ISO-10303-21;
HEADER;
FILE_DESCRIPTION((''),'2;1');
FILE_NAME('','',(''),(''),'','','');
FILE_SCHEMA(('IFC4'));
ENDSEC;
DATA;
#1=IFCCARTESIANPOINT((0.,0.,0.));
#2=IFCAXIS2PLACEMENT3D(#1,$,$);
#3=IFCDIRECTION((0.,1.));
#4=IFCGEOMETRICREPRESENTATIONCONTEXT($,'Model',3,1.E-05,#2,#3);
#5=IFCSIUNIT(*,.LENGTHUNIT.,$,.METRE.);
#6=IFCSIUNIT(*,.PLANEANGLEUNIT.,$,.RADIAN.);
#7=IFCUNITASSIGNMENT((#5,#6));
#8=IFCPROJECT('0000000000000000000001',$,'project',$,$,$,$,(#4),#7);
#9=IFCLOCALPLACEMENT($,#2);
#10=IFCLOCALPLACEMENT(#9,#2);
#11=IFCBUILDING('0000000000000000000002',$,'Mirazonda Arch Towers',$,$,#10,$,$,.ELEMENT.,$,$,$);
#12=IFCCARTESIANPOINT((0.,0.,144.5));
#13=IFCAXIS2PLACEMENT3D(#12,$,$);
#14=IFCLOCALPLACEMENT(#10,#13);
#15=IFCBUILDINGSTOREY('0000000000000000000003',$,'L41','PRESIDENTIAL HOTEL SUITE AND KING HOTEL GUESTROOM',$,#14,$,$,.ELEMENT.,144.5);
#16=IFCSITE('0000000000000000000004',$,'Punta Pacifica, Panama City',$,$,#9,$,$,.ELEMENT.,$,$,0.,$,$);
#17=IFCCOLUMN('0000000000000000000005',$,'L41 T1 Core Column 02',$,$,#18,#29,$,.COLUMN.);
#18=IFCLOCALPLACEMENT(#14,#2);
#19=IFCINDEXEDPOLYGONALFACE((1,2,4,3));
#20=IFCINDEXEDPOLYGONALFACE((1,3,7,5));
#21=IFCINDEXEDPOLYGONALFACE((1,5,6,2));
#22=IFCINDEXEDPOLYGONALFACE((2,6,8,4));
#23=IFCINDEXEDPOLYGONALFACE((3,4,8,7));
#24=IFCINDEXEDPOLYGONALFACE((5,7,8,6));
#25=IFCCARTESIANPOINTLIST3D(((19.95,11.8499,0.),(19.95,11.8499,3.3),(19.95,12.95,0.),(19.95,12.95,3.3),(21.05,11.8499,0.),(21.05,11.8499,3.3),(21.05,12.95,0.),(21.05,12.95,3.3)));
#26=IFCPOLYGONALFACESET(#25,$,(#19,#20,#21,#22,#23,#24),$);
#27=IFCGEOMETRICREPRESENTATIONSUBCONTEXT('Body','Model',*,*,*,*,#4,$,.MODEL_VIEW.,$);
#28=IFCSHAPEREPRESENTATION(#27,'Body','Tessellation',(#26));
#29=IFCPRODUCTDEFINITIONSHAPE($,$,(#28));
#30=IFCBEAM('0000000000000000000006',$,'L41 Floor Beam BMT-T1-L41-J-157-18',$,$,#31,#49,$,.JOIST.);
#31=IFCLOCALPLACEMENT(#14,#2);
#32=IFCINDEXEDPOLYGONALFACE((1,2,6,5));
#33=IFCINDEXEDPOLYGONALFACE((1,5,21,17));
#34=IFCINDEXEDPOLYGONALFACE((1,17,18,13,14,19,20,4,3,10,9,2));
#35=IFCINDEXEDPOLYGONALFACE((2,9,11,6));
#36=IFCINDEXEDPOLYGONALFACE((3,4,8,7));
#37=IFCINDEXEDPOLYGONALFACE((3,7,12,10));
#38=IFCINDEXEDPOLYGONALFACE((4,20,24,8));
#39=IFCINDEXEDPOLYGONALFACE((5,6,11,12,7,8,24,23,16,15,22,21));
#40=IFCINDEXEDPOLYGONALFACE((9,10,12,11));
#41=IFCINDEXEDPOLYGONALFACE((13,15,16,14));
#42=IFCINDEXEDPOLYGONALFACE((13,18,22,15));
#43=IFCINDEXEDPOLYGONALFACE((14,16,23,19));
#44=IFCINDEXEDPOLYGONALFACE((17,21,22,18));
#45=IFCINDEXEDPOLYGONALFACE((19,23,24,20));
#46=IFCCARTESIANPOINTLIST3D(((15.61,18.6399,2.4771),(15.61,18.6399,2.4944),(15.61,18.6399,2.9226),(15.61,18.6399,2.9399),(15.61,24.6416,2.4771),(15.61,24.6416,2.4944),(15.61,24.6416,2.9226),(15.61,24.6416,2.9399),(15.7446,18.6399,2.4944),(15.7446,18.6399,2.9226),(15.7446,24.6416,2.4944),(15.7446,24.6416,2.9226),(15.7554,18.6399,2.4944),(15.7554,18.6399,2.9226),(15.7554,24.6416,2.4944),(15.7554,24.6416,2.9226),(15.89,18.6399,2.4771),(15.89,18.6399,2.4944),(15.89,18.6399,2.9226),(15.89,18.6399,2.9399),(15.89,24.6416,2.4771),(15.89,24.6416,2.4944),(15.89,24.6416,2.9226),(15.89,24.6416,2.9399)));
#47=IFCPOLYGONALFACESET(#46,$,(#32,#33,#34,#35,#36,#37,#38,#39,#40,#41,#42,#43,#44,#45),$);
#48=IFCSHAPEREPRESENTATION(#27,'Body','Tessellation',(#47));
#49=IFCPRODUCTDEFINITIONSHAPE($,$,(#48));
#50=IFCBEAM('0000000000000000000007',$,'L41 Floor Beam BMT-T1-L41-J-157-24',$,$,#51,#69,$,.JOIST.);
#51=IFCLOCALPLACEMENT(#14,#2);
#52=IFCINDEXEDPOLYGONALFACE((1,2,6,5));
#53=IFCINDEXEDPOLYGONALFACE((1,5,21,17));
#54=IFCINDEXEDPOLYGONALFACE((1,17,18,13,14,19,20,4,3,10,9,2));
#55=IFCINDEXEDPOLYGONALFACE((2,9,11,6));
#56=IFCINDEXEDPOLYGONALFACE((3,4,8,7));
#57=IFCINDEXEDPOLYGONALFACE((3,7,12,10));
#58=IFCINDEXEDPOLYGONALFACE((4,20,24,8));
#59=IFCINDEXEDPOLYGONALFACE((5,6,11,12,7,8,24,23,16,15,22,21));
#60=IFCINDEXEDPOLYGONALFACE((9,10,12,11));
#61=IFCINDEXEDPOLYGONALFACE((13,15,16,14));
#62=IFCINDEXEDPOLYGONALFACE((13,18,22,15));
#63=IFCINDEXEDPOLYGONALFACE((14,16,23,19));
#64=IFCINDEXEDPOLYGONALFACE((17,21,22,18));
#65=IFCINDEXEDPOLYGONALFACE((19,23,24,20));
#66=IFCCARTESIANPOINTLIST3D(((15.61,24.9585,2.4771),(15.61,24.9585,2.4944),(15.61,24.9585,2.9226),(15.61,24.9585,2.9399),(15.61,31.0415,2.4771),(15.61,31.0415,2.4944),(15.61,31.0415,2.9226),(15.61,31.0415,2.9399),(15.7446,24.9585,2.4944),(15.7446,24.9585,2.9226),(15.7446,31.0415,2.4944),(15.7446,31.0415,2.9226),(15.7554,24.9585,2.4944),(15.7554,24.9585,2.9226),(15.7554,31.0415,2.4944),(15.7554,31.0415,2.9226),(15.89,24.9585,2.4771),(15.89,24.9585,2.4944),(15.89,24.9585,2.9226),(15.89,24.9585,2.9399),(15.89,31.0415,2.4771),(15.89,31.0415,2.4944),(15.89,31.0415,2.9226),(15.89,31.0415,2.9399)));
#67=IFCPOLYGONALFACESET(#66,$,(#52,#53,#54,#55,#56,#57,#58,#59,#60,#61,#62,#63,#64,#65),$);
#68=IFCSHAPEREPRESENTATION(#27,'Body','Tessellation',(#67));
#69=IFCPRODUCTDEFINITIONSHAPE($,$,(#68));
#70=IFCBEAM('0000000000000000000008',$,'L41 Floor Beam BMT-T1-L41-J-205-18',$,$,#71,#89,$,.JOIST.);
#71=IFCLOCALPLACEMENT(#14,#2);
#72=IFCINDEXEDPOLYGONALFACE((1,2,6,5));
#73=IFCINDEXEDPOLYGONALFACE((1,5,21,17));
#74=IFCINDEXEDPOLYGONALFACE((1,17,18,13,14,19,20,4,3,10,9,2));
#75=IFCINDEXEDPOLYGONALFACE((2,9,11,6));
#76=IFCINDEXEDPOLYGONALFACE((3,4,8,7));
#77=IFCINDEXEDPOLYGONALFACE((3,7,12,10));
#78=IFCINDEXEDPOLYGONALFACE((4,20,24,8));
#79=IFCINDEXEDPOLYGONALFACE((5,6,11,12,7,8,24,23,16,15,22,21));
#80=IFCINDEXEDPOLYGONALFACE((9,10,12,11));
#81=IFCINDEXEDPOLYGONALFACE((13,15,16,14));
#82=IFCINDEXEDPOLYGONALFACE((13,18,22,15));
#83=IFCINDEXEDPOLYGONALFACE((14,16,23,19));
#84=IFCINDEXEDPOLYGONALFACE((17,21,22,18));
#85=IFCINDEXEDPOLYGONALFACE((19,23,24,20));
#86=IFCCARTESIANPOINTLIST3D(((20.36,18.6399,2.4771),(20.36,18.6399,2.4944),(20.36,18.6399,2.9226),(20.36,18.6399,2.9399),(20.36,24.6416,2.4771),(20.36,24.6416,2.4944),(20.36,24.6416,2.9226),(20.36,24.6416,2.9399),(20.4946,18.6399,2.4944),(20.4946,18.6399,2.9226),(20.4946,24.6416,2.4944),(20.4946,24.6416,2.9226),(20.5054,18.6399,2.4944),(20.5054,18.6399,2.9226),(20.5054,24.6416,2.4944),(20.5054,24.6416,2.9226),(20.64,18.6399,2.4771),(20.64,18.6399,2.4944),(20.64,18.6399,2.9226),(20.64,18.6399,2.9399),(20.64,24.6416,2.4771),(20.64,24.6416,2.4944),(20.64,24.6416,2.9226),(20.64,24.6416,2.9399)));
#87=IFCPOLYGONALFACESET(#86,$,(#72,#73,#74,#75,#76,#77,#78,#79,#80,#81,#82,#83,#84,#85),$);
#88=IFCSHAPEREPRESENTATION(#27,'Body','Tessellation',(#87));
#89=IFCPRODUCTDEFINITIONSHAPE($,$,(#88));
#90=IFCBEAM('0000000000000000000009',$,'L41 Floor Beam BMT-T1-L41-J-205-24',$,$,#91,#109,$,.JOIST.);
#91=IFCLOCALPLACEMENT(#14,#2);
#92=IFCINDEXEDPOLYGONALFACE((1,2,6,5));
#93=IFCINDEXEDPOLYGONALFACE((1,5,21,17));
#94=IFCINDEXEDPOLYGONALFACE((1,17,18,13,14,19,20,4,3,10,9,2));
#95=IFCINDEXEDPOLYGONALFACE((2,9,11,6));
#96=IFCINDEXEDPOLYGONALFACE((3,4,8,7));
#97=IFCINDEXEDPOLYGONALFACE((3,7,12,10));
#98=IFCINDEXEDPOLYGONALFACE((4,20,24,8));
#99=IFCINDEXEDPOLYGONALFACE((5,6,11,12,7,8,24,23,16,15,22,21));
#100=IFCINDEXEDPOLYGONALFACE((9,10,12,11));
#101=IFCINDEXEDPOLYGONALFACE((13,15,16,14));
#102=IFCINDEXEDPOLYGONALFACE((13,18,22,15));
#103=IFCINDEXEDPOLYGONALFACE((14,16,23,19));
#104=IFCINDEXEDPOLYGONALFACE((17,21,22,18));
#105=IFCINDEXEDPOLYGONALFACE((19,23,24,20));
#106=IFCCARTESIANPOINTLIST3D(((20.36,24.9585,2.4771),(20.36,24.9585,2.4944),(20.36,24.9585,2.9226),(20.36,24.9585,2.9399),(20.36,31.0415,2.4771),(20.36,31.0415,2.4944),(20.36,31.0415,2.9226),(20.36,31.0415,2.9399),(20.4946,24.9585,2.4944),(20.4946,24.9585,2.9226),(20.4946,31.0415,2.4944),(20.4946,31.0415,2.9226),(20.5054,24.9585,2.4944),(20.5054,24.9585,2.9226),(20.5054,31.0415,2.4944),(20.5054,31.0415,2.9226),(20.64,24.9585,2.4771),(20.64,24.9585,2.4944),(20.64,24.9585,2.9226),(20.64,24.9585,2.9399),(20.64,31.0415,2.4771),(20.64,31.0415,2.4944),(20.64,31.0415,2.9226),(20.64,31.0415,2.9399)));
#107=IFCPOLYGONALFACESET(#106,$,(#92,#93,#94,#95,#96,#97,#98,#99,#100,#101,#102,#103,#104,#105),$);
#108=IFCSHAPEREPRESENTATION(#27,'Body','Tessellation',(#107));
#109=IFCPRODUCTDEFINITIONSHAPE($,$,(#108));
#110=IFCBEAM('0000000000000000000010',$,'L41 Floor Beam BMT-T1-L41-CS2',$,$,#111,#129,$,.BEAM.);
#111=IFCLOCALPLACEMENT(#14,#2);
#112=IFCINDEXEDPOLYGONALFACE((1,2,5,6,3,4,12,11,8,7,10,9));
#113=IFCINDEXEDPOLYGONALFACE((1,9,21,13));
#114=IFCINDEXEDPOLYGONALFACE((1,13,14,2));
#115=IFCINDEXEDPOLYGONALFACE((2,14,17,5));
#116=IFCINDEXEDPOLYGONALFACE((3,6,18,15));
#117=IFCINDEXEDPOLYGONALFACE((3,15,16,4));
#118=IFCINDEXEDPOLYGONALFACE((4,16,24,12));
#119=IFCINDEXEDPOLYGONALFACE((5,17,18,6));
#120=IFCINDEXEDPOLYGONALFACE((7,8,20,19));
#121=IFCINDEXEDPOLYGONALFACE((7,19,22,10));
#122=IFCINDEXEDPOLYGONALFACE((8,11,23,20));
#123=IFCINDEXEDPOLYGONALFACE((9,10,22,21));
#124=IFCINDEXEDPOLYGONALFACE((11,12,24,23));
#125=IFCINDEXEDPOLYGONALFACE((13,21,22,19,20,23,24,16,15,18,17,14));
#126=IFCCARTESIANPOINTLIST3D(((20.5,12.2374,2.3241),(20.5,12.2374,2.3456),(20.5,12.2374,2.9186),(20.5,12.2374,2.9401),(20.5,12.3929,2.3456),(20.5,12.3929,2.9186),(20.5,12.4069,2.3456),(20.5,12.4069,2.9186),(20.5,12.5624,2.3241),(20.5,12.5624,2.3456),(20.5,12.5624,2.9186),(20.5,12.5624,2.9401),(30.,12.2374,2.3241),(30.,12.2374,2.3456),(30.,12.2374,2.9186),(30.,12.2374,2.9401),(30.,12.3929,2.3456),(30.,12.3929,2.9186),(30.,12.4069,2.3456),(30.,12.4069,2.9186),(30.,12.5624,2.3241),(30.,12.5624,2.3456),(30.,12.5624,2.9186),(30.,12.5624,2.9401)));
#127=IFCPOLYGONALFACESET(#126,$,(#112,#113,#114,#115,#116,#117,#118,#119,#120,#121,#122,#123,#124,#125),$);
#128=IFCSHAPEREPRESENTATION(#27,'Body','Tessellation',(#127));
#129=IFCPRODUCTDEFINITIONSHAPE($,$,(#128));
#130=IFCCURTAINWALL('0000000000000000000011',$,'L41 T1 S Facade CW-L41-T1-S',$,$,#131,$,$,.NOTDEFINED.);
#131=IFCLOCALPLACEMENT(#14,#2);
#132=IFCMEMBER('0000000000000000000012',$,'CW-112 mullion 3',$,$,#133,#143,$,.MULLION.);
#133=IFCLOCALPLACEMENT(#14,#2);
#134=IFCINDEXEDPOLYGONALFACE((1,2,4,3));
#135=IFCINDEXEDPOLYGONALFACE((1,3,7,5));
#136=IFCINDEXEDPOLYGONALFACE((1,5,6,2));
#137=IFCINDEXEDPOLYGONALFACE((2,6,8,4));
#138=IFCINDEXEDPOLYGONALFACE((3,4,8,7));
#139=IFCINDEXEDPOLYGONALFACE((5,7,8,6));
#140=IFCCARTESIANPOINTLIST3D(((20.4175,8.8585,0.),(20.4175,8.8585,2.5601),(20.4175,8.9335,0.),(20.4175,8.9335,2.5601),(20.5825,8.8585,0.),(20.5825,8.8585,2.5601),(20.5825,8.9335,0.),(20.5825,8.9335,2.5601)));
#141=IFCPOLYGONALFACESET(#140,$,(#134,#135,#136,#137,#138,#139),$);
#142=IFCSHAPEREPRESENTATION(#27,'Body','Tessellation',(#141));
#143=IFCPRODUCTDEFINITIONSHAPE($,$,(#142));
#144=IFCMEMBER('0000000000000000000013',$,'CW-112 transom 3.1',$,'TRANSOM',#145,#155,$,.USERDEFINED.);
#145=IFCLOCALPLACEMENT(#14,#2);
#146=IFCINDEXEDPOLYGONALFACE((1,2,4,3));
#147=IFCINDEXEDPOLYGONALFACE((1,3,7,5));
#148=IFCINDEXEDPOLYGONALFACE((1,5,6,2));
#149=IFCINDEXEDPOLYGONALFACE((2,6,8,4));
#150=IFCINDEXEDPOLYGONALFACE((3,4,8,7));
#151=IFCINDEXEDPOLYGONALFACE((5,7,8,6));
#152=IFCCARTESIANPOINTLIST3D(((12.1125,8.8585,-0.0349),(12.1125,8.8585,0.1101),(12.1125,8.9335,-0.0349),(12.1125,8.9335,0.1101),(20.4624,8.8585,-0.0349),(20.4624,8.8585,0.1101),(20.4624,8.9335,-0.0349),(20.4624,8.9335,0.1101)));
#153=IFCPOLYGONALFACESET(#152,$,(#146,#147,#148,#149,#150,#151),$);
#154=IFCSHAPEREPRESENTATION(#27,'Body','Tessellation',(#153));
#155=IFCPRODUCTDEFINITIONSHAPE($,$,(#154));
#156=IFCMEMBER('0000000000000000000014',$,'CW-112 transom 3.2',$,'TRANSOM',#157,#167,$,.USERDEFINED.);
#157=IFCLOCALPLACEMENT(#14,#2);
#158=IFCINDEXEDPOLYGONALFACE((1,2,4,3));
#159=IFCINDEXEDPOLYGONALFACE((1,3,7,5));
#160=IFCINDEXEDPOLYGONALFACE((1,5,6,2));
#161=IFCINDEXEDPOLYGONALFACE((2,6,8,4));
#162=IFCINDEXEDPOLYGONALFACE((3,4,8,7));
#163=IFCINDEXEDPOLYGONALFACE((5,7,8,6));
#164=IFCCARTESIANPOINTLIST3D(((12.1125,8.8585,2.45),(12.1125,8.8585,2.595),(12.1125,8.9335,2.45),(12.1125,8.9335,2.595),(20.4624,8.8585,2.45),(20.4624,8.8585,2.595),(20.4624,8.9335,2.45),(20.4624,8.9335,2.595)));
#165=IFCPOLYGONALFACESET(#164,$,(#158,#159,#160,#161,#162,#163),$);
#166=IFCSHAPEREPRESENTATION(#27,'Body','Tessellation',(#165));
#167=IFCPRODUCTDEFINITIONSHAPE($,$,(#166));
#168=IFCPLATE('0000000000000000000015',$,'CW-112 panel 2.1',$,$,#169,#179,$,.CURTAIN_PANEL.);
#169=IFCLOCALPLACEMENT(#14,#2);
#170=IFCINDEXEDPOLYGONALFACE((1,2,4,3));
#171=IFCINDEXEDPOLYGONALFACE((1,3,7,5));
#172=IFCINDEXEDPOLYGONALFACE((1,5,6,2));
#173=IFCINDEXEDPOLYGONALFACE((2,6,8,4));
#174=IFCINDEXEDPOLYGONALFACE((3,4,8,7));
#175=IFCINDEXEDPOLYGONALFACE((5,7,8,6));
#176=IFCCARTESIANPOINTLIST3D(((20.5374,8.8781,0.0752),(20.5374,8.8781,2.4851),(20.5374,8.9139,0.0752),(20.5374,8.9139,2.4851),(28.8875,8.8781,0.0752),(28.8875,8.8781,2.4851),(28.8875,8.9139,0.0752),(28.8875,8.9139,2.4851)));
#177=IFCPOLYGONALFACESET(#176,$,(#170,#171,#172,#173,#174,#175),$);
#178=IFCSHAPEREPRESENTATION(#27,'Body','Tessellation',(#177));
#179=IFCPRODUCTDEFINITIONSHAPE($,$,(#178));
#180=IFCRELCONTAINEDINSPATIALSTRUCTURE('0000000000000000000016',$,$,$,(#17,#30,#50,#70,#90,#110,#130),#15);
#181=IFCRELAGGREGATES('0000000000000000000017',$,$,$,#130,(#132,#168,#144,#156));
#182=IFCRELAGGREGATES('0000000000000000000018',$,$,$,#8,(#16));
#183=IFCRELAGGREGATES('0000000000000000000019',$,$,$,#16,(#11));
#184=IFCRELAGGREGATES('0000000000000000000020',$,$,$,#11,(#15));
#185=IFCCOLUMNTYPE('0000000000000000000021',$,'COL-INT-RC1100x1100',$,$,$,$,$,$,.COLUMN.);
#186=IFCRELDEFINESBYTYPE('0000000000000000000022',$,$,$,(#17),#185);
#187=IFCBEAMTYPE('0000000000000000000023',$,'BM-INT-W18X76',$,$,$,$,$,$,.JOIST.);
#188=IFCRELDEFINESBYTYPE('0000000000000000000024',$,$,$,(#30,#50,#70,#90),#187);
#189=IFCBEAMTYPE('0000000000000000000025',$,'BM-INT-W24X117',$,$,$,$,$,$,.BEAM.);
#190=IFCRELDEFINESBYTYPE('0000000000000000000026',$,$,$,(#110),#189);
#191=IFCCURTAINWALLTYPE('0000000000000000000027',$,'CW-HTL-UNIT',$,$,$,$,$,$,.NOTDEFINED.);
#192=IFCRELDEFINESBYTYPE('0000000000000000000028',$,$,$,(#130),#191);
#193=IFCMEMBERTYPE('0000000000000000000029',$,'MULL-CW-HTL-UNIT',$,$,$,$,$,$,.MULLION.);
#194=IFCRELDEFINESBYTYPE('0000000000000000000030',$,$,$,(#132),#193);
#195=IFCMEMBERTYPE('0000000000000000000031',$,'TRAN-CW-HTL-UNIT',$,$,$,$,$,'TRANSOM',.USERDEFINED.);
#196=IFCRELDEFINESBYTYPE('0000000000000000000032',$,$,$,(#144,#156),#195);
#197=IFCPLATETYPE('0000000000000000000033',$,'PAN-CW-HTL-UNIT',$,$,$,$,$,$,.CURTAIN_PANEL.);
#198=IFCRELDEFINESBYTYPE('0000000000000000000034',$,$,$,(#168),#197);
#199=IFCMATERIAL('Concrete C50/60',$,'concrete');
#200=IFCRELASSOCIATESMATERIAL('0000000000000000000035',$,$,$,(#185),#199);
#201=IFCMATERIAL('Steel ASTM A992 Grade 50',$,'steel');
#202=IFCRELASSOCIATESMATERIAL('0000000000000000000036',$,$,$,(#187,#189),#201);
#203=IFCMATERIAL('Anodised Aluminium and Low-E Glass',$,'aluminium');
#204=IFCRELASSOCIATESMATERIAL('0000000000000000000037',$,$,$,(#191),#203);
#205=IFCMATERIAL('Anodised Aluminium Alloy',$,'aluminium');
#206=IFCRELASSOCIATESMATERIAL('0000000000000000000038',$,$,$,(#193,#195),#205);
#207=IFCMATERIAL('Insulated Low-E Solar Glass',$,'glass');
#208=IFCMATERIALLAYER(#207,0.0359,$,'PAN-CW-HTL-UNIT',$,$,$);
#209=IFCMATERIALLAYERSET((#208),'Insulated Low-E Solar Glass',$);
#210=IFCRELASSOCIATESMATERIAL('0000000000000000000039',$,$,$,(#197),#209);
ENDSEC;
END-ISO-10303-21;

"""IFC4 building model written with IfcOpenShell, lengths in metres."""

from ifc_helpers import new_model, si_unit, direction, frame, origin, origin_2d, place, context, subcontext, project, spatial, rectangle, i_section, extrude, material, layer, layer_set, material_profile, profile_set, type_object, element, aggregate, save


model = new_model("IFC4")

# Units and contexts
model_context = context("Model", 3, precision=1e-05, world=origin(), true_north=direction((0.0, 1.0)))
body_context = subcontext(model_context, "Body", "Model", "MODEL_VIEW")
ifc_project = project(units=[si_unit("LENGTHUNIT", "METRE"), si_unit("PLANEANGLEUNIT", "RADIAN")], contexts=[model_context])

# Site, building, storey
site_placement = place(None, origin())
site = spatial("IfcSite", under=ifc_project, at=site_placement, Name="Punta Pacifica, Panama City", CompositionType="ELEMENT", RefElevation=0.0)
building_placement = place(site_placement, origin())
building = spatial("IfcBuilding", under=site, at=building_placement, Name="Mirazonda Arch Towers", CompositionType="ELEMENT")
storey_placement = place(building_placement, frame((0.0, 0.0, 144.5)))
storey = spatial("IfcBuildingStorey", under=building, at=storey_placement, Name="L41", Description="PRESIDENTIAL HOTEL SUITE AND KING HOTEL GUESTROOM", CompositionType="ELEMENT", Elevation=144.5)

# Column
ifc_material_1 = material(Name="Concrete C50/60", Category="concrete")
ifc_material_profile_1 = material_profile(ifc_material_1, rectangle(XDim=1.1001, YDim=1.1001, at=origin_2d()), Name="RC1100x1100")
ifc_profile_set_1 = profile_set([ifc_material_profile_1], Name="Concrete C50/60")
column_type = type_object("IfcColumnType", Name="COL-INT-RC1100x1100", PredefinedType="COLUMN", material=ifc_profile_set_1)
column_placement = place(storey_placement, frame((20.5, 12.3999, 0.0), z_axis=(0.0, 0.0, 1.0), x_axis=(1.0, 0.0, 0.0)))
element("IfcColumn", 1, at=column_placement, inside=storey, type_object=column_type, Name="L41 T1 Core Column 02", PredefinedType="COLUMN", context=body_context, shape_type="SweptSolid", body=[
    extrude(rectangle(XDim=1.1001, YDim=1.1001, at=origin_2d()), origin(), (0.0, 0.0, 1.0), 3.3),
])

# Beams
ifc_material_2 = material(Name="Steel ASTM A992 Grade 50", Category="steel")
ifc_material_profile_2 = material_profile(ifc_material_2, i_section(OverallWidth=0.28, OverallDepth=0.4629, WebThickness=0.0107, FlangeThickness=0.0173, at=origin_2d()), Name="W18X76")
ifc_profile_set_2 = profile_set([ifc_material_profile_2], Name="Steel ASTM A992 Grade 50")
beam_type_1 = type_object("IfcBeamType", Name="BM-INT-W18X76", PredefinedType="JOIST", material=ifc_profile_set_2)
beam_1_placement = place(storey_placement, frame((15.75, 18.6399, 2.7085), z_axis=(0.0, 1.0, 0.0), x_axis=(-1.0, 0.0, 0.0)))
element("IfcBeam", 2, at=beam_1_placement, inside=storey, type_object=beam_type_1, Name="L41 Floor Beam BMT-T1-L41-J-157-18", PredefinedType="JOIST", context=body_context, shape_type="SweptSolid", body=[
    extrude(i_section(OverallWidth=0.28, OverallDepth=0.4629, WebThickness=0.0107, FlangeThickness=0.0173, at=origin_2d()), origin(), (0.0, 0.0, 1.0), 6.0017),
])
beam_2_placement = place(storey_placement, frame((15.75, 24.9585, 2.7085), z_axis=(0.0, 1.0, 0.0), x_axis=(-1.0, 0.0, 0.0)))
element("IfcBeam", 3, at=beam_2_placement, inside=storey, type_object=beam_type_1, Name="L41 Floor Beam BMT-T1-L41-J-157-24", PredefinedType="JOIST", context=body_context, shape_type="SweptSolid", body=[
    extrude(i_section(OverallWidth=0.28, OverallDepth=0.4629, WebThickness=0.0107, FlangeThickness=0.0173, at=origin_2d()), origin(), (0.0, 0.0, 1.0), 6.083),
])
beam_3_placement = place(storey_placement, frame((20.5, 18.6399, 2.7085), z_axis=(0.0, 1.0, 0.0), x_axis=(-1.0, 0.0, 0.0)))
element("IfcBeam", 4, at=beam_3_placement, inside=storey, type_object=beam_type_1, Name="L41 Floor Beam BMT-T1-L41-J-205-18", PredefinedType="JOIST", context=body_context, shape_type="SweptSolid", body=[
    extrude(i_section(OverallWidth=0.28, OverallDepth=0.4629, WebThickness=0.0107, FlangeThickness=0.0173, at=origin_2d()), origin(), (0.0, 0.0, 1.0), 6.0017),
])
beam_4_placement = place(storey_placement, frame((20.5, 24.9585, 2.7085), z_axis=(0.0, 1.0, 0.0), x_axis=(-1.0, 0.0, 0.0)))
element("IfcBeam", 5, at=beam_4_placement, inside=storey, type_object=beam_type_1, Name="L41 Floor Beam BMT-T1-L41-J-205-24", PredefinedType="JOIST", context=body_context, shape_type="SweptSolid", body=[
    extrude(i_section(OverallWidth=0.28, OverallDepth=0.4629, WebThickness=0.0107, FlangeThickness=0.0173, at=origin_2d()), origin(), (0.0, 0.0, 1.0), 6.083),
])
ifc_material_profile_3 = material_profile(ifc_material_2, i_section(OverallWidth=0.325, OverallDepth=0.616, WebThickness=0.0139, FlangeThickness=0.0215, at=origin_2d()), Name="W24X117")
ifc_profile_set_3 = profile_set([ifc_material_profile_3], Name="Steel ASTM A992 Grade 50")
beam_type_2 = type_object("IfcBeamType", Name="BM-INT-W24X117", PredefinedType="BEAM", material=ifc_profile_set_3)
beam_5_placement = place(storey_placement, frame((20.5, 12.3999, 2.6321), z_axis=(1.0, 0.0, 0.0), x_axis=(0.0, 1.0, 0.0)))
element("IfcBeam", 6, at=beam_5_placement, inside=storey, type_object=beam_type_2, Name="L41 Floor Beam BMT-T1-L41-CS2", PredefinedType="BEAM", context=body_context, shape_type="SweptSolid", body=[
    extrude(i_section(OverallWidth=0.325, OverallDepth=0.616, WebThickness=0.0139, FlangeThickness=0.0215, at=origin_2d()), origin(), (0.0, 0.0, 1.0), 9.5),
])

# Curtain wall, members, plate
ifc_material_3 = material(Name="Anodised Aluminium and Low-E Glass", Category="aluminium")
curtain_wall_type = type_object("IfcCurtainWallType", Name="CW-HTL-UNIT", PredefinedType="NOTDEFINED", material=ifc_material_3)
curtain_wall_placement = place(storey_placement, origin())
curtain_wall = element("IfcCurtainWall", 7, at=curtain_wall_placement, inside=storey, type_object=curtain_wall_type, Name="L41 T1 S Facade CW-L41-T1-S", PredefinedType="NOTDEFINED")
ifc_material_4 = material(Name="Anodised Aluminium Alloy", Category="aluminium")
ifc_material_profile_4 = material_profile(ifc_material_4, rectangle(XDim=0.075, YDim=0.165, at=origin_2d()), Name="ALU-MULL-75x165")
ifc_profile_set_4 = profile_set([ifc_material_profile_4], Name="Anodised Aluminium Alloy")
member_type_1 = type_object("IfcMemberType", Name="MULL-CW-HTL-UNIT", PredefinedType="MULLION", material=ifc_profile_set_4)
member_1_placement = place(storey_placement, frame((20.5, 8.896, 0.0), z_axis=(0.0, 0.0, 1.0), x_axis=(0.0, -1.0, 0.0)))
member_1 = element("IfcMember", 8, at=member_1_placement, type_object=member_type_1, Name="CW-112 mullion 3", PredefinedType="MULLION", context=body_context, shape_type="SweptSolid", body=[
    extrude(rectangle(XDim=0.075, YDim=0.165, at=origin_2d()), origin(), (0.0, 0.0, 1.0), 2.5601),
])
ifc_material_profile_5 = material_profile(ifc_material_4, rectangle(XDim=0.075, YDim=0.145, at=origin_2d()), Name="ALU-TRAN-75x145")
ifc_profile_set_5 = profile_set([ifc_material_profile_5], Name="Anodised Aluminium Alloy")
member_type_2 = type_object("IfcMemberType", Name="TRAN-CW-HTL-UNIT", ElementType="TRANSOM", PredefinedType="USERDEFINED", material=ifc_profile_set_5)
member_2_placement = place(storey_placement, frame((20.4624, 8.896, 0.0376), z_axis=(-1.0, 0.0, 0.0), x_axis=(0.0, -1.0, 0.0)))
member_2 = element("IfcMember", 9, at=member_2_placement, type_object=member_type_2, Name="CW-112 transom 3.1", ObjectType="TRANSOM", PredefinedType="USERDEFINED", context=body_context, shape_type="SweptSolid", body=[
    extrude(rectangle(XDim=0.075, YDim=0.145, at=origin_2d()), origin(), (0.0, 0.0, 1.0), 8.3499),
])
member_3_placement = place(storey_placement, frame((20.4624, 8.896, 2.5225), z_axis=(-1.0, 0.0, 0.0), x_axis=(0.0, -1.0, 0.0)))
member_3 = element("IfcMember", 10, at=member_3_placement, type_object=member_type_2, Name="CW-112 transom 3.2", ObjectType="TRANSOM", PredefinedType="USERDEFINED", context=body_context, shape_type="SweptSolid", body=[
    extrude(rectangle(XDim=0.075, YDim=0.145, at=origin_2d()), origin(), (0.0, 0.0, 1.0), 8.3499),
])
ifc_material_5 = material(Name="Insulated Low-E Solar Glass", Category="glass")
ifc_layer_1 = layer(ifc_material_5, 0.0359, Name="PAN-CW-HTL-UNIT")
ifc_layer_set_1 = layer_set([ifc_layer_1], Name="Insulated Low-E Solar Glass")
plate_type = type_object("IfcPlateType", Name="PAN-CW-HTL-UNIT", PredefinedType="CURTAIN_PANEL", material=ifc_layer_set_1)
plate_1_placement = place(storey_placement, frame((24.7124, 8.896, 0.0752), z_axis=(0.0, 0.0, 1.0), x_axis=(-1.0, 0.0, 0.0)))
plate_1 = element("IfcPlate", 11, at=plate_1_placement, type_object=plate_type, Name="CW-112 panel 2.1", PredefinedType="CURTAIN_PANEL", context=body_context, shape_type="SweptSolid", body=[
    extrude(rectangle(XDim=8.3501, YDim=0.0359, at=origin_2d()), origin(), (0.0, 0.0, 1.0), 2.4099),
])
aggregate(curtain_wall, [member_1, plate_1, member_2, member_3])

save(model, "model.ifc")
